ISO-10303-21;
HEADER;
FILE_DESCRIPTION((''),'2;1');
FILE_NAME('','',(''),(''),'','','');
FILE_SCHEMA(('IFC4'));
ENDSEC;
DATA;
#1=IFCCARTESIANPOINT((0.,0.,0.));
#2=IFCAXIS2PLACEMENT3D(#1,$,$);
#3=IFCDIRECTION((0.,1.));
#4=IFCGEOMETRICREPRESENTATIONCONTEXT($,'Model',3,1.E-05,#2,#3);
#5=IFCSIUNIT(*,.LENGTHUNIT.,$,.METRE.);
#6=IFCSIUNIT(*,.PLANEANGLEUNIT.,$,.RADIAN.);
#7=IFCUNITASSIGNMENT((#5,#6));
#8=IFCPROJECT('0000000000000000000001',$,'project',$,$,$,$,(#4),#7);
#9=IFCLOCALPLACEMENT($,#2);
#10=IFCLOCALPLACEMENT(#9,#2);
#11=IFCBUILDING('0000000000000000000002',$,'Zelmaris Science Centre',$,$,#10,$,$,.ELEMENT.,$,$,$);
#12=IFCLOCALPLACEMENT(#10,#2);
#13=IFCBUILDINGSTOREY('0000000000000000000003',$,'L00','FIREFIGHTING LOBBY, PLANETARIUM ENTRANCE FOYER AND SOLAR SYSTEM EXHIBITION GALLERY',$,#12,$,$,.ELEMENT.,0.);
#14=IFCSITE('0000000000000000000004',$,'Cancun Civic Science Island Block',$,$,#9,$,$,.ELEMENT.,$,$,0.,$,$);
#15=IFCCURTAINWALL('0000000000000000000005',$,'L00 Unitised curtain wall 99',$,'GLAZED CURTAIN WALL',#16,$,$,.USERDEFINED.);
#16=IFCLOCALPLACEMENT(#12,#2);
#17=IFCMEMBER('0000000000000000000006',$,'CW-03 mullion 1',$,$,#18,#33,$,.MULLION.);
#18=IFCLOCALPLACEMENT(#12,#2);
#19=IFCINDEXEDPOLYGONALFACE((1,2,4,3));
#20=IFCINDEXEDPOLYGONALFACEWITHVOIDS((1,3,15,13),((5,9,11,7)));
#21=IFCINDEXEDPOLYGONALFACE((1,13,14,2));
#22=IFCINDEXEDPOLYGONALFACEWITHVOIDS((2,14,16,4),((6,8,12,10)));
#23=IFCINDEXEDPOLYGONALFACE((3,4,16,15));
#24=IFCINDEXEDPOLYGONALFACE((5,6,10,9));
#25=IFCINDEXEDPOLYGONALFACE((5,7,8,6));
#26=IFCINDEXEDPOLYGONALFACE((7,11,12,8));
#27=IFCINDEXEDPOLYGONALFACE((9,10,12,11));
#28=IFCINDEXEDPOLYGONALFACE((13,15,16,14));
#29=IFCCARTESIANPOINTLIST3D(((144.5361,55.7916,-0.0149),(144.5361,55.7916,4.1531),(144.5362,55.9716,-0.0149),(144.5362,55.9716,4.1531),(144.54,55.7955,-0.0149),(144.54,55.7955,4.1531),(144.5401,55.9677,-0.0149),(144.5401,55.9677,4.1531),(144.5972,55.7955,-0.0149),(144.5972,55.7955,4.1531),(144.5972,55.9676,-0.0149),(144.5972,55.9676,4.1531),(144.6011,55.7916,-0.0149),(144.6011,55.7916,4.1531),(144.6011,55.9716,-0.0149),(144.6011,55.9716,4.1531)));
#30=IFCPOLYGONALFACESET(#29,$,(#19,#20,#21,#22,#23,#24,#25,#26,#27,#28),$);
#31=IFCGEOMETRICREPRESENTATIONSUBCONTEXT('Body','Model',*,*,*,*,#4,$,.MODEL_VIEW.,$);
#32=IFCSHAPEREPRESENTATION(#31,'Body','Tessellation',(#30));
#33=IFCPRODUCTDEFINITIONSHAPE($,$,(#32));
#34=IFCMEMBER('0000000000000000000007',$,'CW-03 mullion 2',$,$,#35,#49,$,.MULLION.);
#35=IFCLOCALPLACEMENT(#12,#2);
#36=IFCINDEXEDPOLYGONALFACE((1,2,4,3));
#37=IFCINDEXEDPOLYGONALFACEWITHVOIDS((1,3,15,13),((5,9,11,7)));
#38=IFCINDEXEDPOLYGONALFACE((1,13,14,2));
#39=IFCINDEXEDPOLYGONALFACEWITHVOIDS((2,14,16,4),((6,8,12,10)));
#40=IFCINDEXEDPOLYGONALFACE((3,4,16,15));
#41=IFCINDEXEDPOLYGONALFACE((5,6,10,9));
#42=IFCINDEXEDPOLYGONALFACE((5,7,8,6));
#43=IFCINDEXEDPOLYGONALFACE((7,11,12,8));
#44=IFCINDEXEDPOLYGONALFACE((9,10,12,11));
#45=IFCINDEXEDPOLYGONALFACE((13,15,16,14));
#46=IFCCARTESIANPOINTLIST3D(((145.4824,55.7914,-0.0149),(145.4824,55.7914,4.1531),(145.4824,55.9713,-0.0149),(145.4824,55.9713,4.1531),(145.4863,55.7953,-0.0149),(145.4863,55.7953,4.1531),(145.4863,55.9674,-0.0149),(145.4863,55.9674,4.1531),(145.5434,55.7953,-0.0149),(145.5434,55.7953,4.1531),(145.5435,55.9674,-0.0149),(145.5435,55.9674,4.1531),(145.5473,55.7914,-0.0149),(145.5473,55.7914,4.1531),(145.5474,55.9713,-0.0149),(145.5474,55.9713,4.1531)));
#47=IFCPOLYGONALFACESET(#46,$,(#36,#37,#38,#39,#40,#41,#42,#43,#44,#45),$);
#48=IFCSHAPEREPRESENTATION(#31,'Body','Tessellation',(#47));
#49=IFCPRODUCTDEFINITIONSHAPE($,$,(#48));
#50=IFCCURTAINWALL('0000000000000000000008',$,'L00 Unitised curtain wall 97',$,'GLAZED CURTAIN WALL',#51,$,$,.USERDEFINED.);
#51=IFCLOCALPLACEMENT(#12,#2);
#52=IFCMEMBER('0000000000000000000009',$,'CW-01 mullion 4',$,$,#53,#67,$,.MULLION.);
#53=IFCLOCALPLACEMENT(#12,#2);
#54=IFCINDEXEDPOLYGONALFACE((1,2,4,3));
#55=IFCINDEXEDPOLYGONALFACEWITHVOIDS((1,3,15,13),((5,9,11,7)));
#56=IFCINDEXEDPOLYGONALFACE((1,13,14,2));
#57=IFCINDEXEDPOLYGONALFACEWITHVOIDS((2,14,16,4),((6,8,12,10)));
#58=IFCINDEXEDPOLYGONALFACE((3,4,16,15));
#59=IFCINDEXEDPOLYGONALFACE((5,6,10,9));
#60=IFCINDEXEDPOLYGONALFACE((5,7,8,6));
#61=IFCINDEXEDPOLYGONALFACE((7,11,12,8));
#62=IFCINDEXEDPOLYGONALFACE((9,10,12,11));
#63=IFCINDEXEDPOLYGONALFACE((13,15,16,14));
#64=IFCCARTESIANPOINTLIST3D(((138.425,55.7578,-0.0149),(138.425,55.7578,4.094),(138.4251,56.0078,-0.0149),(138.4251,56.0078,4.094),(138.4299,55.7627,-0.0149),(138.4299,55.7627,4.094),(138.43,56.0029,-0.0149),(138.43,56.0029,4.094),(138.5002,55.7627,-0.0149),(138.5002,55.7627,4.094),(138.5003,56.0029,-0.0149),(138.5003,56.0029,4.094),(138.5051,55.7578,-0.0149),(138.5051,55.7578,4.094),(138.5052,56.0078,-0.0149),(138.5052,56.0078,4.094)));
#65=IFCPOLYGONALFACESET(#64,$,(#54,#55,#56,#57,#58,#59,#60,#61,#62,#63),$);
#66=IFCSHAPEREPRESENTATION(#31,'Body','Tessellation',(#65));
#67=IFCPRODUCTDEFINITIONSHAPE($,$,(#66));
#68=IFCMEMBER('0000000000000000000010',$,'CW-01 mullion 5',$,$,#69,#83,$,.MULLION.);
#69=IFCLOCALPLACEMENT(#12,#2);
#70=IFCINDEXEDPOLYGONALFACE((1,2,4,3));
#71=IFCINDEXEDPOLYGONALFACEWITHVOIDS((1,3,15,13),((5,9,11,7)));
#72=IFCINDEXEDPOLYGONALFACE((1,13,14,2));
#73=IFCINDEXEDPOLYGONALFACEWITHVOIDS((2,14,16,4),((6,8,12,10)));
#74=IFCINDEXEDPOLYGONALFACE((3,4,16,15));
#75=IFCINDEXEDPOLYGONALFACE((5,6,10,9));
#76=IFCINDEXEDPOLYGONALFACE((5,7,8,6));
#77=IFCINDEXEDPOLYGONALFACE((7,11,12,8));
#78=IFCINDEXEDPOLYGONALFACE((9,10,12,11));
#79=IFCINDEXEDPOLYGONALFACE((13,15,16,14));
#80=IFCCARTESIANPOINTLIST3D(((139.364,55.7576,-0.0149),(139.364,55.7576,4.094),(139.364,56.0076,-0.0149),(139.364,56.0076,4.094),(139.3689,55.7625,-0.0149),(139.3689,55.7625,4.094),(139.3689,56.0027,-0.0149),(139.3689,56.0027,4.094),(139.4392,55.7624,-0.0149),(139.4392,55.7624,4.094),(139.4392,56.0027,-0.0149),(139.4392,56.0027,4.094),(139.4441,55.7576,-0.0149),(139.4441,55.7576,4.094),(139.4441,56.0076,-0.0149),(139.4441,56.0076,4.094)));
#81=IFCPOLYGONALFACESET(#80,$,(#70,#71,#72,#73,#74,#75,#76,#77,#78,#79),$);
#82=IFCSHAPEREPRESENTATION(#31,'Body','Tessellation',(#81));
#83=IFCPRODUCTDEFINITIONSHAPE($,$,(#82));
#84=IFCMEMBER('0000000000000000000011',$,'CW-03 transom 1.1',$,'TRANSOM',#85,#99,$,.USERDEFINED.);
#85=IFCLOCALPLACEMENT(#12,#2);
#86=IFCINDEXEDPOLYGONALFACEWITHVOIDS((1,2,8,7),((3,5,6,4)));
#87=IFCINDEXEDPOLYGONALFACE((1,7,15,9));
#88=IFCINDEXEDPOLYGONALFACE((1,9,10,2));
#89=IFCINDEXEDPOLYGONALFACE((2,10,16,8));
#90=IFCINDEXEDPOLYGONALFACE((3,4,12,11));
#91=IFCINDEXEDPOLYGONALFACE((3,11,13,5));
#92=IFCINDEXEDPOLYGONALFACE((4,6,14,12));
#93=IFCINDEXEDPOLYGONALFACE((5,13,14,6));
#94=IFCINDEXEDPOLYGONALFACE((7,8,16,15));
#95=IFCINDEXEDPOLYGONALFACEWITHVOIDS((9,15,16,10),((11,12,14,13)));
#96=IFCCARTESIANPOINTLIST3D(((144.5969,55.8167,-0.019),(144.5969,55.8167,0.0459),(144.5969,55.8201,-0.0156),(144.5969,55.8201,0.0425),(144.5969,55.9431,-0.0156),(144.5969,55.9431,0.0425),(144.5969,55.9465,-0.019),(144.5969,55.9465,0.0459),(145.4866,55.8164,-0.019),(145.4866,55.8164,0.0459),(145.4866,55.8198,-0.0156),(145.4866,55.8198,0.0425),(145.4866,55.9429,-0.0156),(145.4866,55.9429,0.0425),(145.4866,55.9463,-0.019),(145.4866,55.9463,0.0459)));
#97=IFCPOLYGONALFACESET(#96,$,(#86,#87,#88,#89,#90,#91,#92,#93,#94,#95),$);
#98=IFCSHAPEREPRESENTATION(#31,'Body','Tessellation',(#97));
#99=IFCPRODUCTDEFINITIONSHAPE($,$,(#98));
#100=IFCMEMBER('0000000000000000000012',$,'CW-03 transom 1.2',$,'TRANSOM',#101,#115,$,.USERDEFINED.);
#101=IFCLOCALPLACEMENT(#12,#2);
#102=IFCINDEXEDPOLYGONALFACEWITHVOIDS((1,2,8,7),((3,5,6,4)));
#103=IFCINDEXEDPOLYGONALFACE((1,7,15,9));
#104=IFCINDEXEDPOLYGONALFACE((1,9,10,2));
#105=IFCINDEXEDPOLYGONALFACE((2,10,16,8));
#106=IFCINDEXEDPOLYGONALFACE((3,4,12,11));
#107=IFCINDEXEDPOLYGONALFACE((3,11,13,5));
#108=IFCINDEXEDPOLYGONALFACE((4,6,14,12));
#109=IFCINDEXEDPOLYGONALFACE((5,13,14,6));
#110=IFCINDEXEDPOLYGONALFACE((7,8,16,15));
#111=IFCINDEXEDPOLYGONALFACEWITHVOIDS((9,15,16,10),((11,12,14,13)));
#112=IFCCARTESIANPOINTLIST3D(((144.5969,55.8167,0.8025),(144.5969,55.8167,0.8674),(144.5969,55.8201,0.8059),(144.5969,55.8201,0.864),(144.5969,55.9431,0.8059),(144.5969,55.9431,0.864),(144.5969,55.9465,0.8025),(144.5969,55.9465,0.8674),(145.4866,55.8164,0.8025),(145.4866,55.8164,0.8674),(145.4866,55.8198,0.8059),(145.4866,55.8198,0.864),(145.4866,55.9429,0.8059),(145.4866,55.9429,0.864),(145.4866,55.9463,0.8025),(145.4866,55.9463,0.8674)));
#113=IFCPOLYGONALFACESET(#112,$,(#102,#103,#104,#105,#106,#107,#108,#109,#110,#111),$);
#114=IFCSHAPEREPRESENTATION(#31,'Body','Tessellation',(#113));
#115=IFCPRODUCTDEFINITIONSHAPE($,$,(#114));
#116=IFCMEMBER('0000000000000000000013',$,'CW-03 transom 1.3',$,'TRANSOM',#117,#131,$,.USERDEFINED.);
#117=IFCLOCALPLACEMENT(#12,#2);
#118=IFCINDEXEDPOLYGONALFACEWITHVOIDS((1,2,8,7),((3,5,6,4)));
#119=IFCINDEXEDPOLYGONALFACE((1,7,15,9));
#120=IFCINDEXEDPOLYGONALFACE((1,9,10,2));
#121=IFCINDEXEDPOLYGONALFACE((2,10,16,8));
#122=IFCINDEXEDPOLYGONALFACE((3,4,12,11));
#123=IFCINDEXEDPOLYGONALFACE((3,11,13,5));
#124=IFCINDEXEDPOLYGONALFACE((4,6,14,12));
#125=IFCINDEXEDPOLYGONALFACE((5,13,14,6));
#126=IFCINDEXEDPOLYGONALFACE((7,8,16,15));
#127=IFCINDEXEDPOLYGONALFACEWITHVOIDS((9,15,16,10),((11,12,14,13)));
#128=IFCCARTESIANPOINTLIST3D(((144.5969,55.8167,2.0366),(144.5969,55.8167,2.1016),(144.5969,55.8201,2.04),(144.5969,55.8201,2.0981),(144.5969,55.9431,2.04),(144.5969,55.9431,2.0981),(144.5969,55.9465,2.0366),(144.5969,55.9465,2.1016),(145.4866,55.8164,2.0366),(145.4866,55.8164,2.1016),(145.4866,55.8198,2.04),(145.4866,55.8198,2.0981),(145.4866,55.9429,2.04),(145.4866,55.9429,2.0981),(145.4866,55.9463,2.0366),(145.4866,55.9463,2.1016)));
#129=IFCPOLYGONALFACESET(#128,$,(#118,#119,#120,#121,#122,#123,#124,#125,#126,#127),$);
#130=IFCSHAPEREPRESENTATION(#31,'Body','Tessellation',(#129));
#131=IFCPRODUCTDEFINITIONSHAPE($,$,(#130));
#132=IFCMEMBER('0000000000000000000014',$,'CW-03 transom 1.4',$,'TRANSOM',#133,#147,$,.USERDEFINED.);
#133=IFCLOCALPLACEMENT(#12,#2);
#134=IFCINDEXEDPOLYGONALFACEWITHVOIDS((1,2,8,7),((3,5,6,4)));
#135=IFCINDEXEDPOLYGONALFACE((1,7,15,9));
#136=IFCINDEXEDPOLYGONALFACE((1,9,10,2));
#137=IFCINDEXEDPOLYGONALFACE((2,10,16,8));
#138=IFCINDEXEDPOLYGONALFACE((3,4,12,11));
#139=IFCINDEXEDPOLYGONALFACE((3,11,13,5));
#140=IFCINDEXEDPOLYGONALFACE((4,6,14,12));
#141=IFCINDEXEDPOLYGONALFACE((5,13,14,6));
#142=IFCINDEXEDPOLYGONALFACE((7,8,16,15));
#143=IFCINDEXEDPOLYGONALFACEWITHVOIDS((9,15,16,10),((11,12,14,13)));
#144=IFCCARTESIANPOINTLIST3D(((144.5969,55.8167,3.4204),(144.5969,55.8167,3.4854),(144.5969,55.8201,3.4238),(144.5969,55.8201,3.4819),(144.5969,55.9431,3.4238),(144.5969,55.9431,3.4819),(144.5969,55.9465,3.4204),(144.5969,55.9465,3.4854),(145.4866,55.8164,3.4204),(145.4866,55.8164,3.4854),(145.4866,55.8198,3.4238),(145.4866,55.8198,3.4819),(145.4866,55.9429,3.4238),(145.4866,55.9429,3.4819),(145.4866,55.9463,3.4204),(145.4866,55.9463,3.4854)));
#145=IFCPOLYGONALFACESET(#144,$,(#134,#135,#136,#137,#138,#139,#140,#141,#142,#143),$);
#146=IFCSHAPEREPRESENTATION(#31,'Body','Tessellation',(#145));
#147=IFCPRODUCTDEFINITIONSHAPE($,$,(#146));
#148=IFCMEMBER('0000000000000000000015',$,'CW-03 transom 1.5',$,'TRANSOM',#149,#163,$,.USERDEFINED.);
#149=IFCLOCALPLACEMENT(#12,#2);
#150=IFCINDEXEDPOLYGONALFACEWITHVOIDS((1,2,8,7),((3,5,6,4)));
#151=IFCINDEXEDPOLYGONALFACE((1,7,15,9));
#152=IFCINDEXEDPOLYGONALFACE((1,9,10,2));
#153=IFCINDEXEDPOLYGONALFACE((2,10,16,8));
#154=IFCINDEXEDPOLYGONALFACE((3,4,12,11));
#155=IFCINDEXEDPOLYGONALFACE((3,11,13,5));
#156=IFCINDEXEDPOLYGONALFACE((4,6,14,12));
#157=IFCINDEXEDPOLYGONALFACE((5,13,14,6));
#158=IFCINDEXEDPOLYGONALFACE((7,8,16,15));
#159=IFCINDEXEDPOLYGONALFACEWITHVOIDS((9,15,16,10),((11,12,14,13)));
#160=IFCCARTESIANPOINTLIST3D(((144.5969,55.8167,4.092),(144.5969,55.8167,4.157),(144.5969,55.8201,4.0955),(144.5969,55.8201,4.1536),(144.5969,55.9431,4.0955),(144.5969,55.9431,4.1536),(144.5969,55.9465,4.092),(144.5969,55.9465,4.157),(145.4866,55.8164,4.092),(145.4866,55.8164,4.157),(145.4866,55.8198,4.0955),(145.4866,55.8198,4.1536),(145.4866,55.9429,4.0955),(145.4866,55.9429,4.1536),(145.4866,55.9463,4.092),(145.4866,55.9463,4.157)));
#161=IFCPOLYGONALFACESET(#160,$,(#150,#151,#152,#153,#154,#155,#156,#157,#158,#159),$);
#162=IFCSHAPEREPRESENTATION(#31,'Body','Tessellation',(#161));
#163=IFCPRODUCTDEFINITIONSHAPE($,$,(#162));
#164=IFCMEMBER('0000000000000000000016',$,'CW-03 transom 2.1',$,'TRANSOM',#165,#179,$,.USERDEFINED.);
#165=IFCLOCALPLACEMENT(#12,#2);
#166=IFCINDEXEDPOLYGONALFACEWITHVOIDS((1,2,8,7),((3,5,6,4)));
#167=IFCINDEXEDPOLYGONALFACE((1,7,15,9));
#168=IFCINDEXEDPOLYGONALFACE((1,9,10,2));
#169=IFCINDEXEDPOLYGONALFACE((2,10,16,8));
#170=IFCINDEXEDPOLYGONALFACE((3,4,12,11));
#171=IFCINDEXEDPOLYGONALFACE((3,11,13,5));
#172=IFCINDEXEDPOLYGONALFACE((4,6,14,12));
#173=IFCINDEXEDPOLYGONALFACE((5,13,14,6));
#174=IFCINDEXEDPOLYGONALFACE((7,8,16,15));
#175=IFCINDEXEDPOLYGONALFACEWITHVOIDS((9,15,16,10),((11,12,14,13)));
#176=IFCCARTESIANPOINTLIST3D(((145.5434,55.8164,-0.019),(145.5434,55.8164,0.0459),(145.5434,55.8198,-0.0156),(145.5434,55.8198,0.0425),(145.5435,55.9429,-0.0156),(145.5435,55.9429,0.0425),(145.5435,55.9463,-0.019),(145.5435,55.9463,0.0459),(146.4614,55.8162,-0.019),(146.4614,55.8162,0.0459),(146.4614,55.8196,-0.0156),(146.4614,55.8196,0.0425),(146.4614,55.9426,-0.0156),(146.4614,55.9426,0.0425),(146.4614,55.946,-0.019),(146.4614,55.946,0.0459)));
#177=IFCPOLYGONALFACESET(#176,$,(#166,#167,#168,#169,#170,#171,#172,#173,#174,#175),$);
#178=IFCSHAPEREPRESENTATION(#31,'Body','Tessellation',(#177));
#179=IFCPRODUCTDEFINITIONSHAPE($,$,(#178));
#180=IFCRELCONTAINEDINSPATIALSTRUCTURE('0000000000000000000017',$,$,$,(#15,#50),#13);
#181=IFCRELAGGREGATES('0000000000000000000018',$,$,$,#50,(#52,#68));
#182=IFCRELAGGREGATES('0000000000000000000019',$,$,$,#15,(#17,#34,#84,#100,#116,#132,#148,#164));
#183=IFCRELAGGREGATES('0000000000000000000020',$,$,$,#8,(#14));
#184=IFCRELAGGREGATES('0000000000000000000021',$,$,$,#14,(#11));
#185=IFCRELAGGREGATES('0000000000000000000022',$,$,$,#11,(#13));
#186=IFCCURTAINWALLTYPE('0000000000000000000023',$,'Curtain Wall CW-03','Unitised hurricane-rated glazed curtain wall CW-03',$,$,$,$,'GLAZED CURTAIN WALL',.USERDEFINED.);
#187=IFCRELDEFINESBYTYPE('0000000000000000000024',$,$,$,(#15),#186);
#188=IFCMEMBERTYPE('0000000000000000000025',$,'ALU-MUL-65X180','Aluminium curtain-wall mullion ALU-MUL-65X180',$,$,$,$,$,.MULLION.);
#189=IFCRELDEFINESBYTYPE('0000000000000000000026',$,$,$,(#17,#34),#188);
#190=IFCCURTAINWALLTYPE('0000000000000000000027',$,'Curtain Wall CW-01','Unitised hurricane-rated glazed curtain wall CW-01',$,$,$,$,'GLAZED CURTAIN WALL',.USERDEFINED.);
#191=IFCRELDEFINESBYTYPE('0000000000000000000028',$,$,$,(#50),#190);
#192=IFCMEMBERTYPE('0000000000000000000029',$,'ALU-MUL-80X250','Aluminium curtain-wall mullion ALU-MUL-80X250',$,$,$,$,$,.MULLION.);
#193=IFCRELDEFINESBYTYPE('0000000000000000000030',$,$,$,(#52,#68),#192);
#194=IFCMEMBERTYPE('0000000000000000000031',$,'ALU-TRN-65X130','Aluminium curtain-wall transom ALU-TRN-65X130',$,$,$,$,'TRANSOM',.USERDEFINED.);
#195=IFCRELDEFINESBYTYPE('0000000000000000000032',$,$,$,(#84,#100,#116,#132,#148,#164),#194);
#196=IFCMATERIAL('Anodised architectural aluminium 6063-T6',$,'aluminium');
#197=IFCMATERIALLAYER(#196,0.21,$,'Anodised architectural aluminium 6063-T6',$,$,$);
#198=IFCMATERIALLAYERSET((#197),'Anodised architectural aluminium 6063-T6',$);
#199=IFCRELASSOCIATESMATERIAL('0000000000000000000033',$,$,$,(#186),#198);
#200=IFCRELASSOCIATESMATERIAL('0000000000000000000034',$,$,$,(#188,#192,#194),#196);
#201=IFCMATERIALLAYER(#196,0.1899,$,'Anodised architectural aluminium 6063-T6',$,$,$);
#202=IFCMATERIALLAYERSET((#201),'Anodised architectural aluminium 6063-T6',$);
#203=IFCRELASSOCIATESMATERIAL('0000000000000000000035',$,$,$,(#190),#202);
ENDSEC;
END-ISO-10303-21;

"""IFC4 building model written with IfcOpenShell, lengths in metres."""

from ifc_helpers import new_model, si_unit, direction, frame, origin, origin_2d, place, context, subcontext, project, spatial, hollow_rectangle, extrude, material, layer, layer_set, material_profile, profile_set, type_object, element, aggregate, save


model = new_model("IFC4")

# Units and contexts
model_context = context("Model", 3, precision=1e-05, world=origin(), true_north=direction((0.0, 1.0)))
body_context = subcontext(model_context, "Body", "Model", "MODEL_VIEW")
ifc_project = project(units=[si_unit("LENGTHUNIT", "METRE"), si_unit("PLANEANGLEUNIT", "RADIAN")], contexts=[model_context])

# Site, building, storey
site_placement = place(None, origin())
site = spatial("IfcSite", under=ifc_project, at=site_placement, Name="Cancun Civic Science Island Block", CompositionType="ELEMENT", RefElevation=0.0)
building_placement = place(site_placement, origin())
building = spatial("IfcBuilding", under=site, at=building_placement, Name="Zelmaris Science Centre", CompositionType="ELEMENT")
storey_placement = place(building_placement, origin())
storey = spatial("IfcBuildingStorey", under=building, at=storey_placement, Name="L00", Description="FIREFIGHTING LOBBY, PLANETARIUM ENTRANCE FOYER AND SOLAR SYSTEM EXHIBITION GALLERY", CompositionType="ELEMENT", Elevation=0.0)

# Curtain walls, members
ifc_material_1 = material(Name="Anodised architectural aluminium 6063-T6", Category="aluminium")
ifc_layer_1 = layer(ifc_material_1, 0.21, Name="Anodised architectural aluminium 6063-T6")
ifc_layer_set_1 = layer_set([ifc_layer_1], Name="Anodised architectural aluminium 6063-T6")
curtain_wall_type_1 = type_object("IfcCurtainWallType", Name="Curtain Wall CW-03", Description="Unitised hurricane-rated glazed curtain wall CW-03", ElementType="GLAZED CURTAIN WALL", PredefinedType="USERDEFINED", material=ifc_layer_set_1)
curtain_wall_1_placement = place(storey_placement, origin())
curtain_wall_1 = element("IfcCurtainWall", 1, at=curtain_wall_1_placement, inside=storey, type_object=curtain_wall_type_1, Name="L00 Unitised curtain wall 99", ObjectType="GLAZED CURTAIN WALL", PredefinedType="USERDEFINED")
ifc_material_profile_1 = material_profile(ifc_material_1, hollow_rectangle(XDim=0.0649, YDim=0.1799, WallThickness=0.0039, at=origin_2d()), Name="ALU-MUL-65X180")
ifc_profile_set_1 = profile_set([ifc_material_profile_1], Name="Anodised architectural aluminium 6063-T6")
member_type_1 = type_object("IfcMemberType", Name="ALU-MUL-65X180", Description="Aluminium curtain-wall mullion ALU-MUL-65X180", PredefinedType="MULLION", material=ifc_profile_set_1)
member_1_placement = place(storey_placement, frame((144.5686, 55.8816, -0.0149), z_axis=(0.0, 0.0, 1.0), x_axis=(1.0, -0.000194, 0.0)))
member_1 = element("IfcMember", 2, at=member_1_placement, type_object=member_type_1, Name="CW-03 mullion 1", PredefinedType="MULLION", context=body_context, shape_type="SweptSolid", body=[
    extrude(hollow_rectangle(XDim=0.0649, YDim=0.1799, WallThickness=0.0039, at=origin_2d()), origin(), (0.0, 0.0, 1.0), 4.168),
])
member_2_placement = place(storey_placement, frame((145.5149, 55.8813, -0.0149), z_axis=(0.0, 0.0, 1.0), x_axis=(1.0, -0.000194, 0.0)))
member_2 = element("IfcMember", 3, at=member_2_placement, type_object=member_type_1, Name="CW-03 mullion 2", PredefinedType="MULLION", context=body_context, shape_type="SweptSolid", body=[
    extrude(hollow_rectangle(XDim=0.0649, YDim=0.1799, WallThickness=0.0039, at=origin_2d()), origin(), (0.0, 0.0, 1.0), 4.168),
])
ifc_layer_2 = layer(ifc_material_1, 0.1899, Name="Anodised architectural aluminium 6063-T6")
ifc_layer_set_2 = layer_set([ifc_layer_2], Name="Anodised architectural aluminium 6063-T6")
curtain_wall_type_2 = type_object("IfcCurtainWallType", Name="Curtain Wall CW-01", Description="Unitised hurricane-rated glazed curtain wall CW-01", ElementType="GLAZED CURTAIN WALL", PredefinedType="USERDEFINED", material=ifc_layer_set_2)
curtain_wall_2_placement = place(storey_placement, origin())
curtain_wall_2 = element("IfcCurtainWall", 4, at=curtain_wall_2_placement, inside=storey, type_object=curtain_wall_type_2, Name="L00 Unitised curtain wall 97", ObjectType="GLAZED CURTAIN WALL", PredefinedType="USERDEFINED")
ifc_material_profile_2 = material_profile(ifc_material_1, hollow_rectangle(XDim=0.0801, YDim=0.25, WallThickness=0.0049, at=origin_2d()), Name="ALU-MUL-80X250")
ifc_profile_set_2 = profile_set([ifc_material_profile_2], Name="Anodised architectural aluminium 6063-T6")
member_type_2 = type_object("IfcMemberType", Name="ALU-MUL-80X250", Description="Aluminium curtain-wall mullion ALU-MUL-80X250", PredefinedType="MULLION", material=ifc_profile_set_2)
member_3_placement = place(storey_placement, frame((138.4651, 55.8828, -0.0149), z_axis=(0.0, 0.0, 1.0), x_axis=(1.0, -0.000194, 0.0)))
member_3 = element("IfcMember", 5, at=member_3_placement, type_object=member_type_2, Name="CW-01 mullion 4", PredefinedType="MULLION", context=body_context, shape_type="SweptSolid", body=[
    extrude(hollow_rectangle(XDim=0.0801, YDim=0.25, WallThickness=0.0049, at=origin_2d()), origin(), (0.0, 0.0, 1.0), 4.1089),
])
member_4_placement = place(storey_placement, frame((139.4041, 55.8826, -0.0149), z_axis=(0.0, 0.0, 1.0), x_axis=(1.0, -0.000194, 0.0)))
member_4 = element("IfcMember", 6, at=member_4_placement, type_object=member_type_2, Name="CW-01 mullion 5", PredefinedType="MULLION", context=body_context, shape_type="SweptSolid", body=[
    extrude(hollow_rectangle(XDim=0.0801, YDim=0.25, WallThickness=0.0049, at=origin_2d()), origin(), (0.0, 0.0, 1.0), 4.1089),
])

# Members
ifc_material_profile_3 = material_profile(ifc_material_1, hollow_rectangle(XDim=0.0649, YDim=0.1299, WallThickness=0.0034, at=origin_2d()), Name="ALU-TRN-65X130")
ifc_profile_set_3 = profile_set([ifc_material_profile_3], Name="Anodised architectural aluminium 6063-T6")
member_type_3 = type_object("IfcMemberType", Name="ALU-TRN-65X130", Description="Aluminium curtain-wall transom ALU-TRN-65X130", ElementType="TRANSOM", PredefinedType="USERDEFINED", material=ifc_profile_set_3)
member_5_placement = place(storey_placement, frame((144.5969, 55.8816, 0.0134), z_axis=(1.0, -0.000274, 0.0), x_axis=(0.0, 0.0, 1.0)))
member_5 = element("IfcMember", 7, at=member_5_placement, type_object=member_type_3, Name="CW-03 transom 1.1", ObjectType="TRANSOM", PredefinedType="USERDEFINED", context=body_context, shape_type="SweptSolid", body=[
    extrude(hollow_rectangle(XDim=0.0649, YDim=0.1299, WallThickness=0.0034, at=origin_2d()), origin(), (0.0, 0.0, 1.0), 0.8896),
])
member_6_placement = place(storey_placement, frame((144.5969, 55.8816, 0.835), z_axis=(1.0, -0.000274, 0.0), x_axis=(0.0, 0.0, 1.0)))
member_6 = element("IfcMember", 8, at=member_6_placement, type_object=member_type_3, Name="CW-03 transom 1.2", ObjectType="TRANSOM", PredefinedType="USERDEFINED", context=body_context, shape_type="SweptSolid", body=[
    extrude(hollow_rectangle(XDim=0.0649, YDim=0.1299, WallThickness=0.0034, at=origin_2d()), origin(), (0.0, 0.0, 1.0), 0.8896),
])
member_7_placement = place(storey_placement, frame((144.5969, 55.8816, 2.0691), z_axis=(1.0, -0.000274, 0.0), x_axis=(0.0, 0.0, 1.0)))
member_7 = element("IfcMember", 9, at=member_7_placement, type_object=member_type_3, Name="CW-03 transom 1.3", ObjectType="TRANSOM", PredefinedType="USERDEFINED", context=body_context, shape_type="SweptSolid", body=[
    extrude(hollow_rectangle(XDim=0.0649, YDim=0.1299, WallThickness=0.0034, at=origin_2d()), origin(), (0.0, 0.0, 1.0), 0.8896),
])
member_8_placement = place(storey_placement, frame((144.5969, 55.8816, 3.4529), z_axis=(1.0, -0.000274, 0.0), x_axis=(0.0, 0.0, 1.0)))
member_8 = element("IfcMember", 10, at=member_8_placement, type_object=member_type_3, Name="CW-03 transom 1.4", ObjectType="TRANSOM", PredefinedType="USERDEFINED", context=body_context, shape_type="SweptSolid", body=[
    extrude(hollow_rectangle(XDim=0.0649, YDim=0.1299, WallThickness=0.0034, at=origin_2d()), origin(), (0.0, 0.0, 1.0), 0.8896),
])
member_9_placement = place(storey_placement, frame((144.5969, 55.8816, 4.1245), z_axis=(1.0, -0.000274, 0.0), x_axis=(0.0, 0.0, 1.0)))
member_9 = element("IfcMember", 11, at=member_9_placement, type_object=member_type_3, Name="CW-03 transom 1.5", ObjectType="TRANSOM", PredefinedType="USERDEFINED", context=body_context, shape_type="SweptSolid", body=[
    extrude(hollow_rectangle(XDim=0.0649, YDim=0.1299, WallThickness=0.0034, at=origin_2d()), origin(), (0.0, 0.0, 1.0), 0.8896),
])
member_10_placement = place(storey_placement, frame((145.5435, 55.8813, 0.0134), z_axis=(1.0, -0.000266, 0.0), x_axis=(0.0, 0.0, 1.0)))
member_10 = element("IfcMember", 12, at=member_10_placement, type_object=member_type_3, Name="CW-03 transom 2.1", ObjectType="TRANSOM", PredefinedType="USERDEFINED", context=body_context, shape_type="SweptSolid", body=[
    extrude(hollow_rectangle(XDim=0.0649, YDim=0.1299, WallThickness=0.0034, at=origin_2d()), origin(), (0.0, 0.0, 1.0), 0.918),
])

aggregate(curtain_wall_2, [member_3, member_4])
aggregate(curtain_wall_1, [member_1, member_2, member_5, member_6, member_7, member_8, member_9, member_10])

save(model, "model.ifc")
